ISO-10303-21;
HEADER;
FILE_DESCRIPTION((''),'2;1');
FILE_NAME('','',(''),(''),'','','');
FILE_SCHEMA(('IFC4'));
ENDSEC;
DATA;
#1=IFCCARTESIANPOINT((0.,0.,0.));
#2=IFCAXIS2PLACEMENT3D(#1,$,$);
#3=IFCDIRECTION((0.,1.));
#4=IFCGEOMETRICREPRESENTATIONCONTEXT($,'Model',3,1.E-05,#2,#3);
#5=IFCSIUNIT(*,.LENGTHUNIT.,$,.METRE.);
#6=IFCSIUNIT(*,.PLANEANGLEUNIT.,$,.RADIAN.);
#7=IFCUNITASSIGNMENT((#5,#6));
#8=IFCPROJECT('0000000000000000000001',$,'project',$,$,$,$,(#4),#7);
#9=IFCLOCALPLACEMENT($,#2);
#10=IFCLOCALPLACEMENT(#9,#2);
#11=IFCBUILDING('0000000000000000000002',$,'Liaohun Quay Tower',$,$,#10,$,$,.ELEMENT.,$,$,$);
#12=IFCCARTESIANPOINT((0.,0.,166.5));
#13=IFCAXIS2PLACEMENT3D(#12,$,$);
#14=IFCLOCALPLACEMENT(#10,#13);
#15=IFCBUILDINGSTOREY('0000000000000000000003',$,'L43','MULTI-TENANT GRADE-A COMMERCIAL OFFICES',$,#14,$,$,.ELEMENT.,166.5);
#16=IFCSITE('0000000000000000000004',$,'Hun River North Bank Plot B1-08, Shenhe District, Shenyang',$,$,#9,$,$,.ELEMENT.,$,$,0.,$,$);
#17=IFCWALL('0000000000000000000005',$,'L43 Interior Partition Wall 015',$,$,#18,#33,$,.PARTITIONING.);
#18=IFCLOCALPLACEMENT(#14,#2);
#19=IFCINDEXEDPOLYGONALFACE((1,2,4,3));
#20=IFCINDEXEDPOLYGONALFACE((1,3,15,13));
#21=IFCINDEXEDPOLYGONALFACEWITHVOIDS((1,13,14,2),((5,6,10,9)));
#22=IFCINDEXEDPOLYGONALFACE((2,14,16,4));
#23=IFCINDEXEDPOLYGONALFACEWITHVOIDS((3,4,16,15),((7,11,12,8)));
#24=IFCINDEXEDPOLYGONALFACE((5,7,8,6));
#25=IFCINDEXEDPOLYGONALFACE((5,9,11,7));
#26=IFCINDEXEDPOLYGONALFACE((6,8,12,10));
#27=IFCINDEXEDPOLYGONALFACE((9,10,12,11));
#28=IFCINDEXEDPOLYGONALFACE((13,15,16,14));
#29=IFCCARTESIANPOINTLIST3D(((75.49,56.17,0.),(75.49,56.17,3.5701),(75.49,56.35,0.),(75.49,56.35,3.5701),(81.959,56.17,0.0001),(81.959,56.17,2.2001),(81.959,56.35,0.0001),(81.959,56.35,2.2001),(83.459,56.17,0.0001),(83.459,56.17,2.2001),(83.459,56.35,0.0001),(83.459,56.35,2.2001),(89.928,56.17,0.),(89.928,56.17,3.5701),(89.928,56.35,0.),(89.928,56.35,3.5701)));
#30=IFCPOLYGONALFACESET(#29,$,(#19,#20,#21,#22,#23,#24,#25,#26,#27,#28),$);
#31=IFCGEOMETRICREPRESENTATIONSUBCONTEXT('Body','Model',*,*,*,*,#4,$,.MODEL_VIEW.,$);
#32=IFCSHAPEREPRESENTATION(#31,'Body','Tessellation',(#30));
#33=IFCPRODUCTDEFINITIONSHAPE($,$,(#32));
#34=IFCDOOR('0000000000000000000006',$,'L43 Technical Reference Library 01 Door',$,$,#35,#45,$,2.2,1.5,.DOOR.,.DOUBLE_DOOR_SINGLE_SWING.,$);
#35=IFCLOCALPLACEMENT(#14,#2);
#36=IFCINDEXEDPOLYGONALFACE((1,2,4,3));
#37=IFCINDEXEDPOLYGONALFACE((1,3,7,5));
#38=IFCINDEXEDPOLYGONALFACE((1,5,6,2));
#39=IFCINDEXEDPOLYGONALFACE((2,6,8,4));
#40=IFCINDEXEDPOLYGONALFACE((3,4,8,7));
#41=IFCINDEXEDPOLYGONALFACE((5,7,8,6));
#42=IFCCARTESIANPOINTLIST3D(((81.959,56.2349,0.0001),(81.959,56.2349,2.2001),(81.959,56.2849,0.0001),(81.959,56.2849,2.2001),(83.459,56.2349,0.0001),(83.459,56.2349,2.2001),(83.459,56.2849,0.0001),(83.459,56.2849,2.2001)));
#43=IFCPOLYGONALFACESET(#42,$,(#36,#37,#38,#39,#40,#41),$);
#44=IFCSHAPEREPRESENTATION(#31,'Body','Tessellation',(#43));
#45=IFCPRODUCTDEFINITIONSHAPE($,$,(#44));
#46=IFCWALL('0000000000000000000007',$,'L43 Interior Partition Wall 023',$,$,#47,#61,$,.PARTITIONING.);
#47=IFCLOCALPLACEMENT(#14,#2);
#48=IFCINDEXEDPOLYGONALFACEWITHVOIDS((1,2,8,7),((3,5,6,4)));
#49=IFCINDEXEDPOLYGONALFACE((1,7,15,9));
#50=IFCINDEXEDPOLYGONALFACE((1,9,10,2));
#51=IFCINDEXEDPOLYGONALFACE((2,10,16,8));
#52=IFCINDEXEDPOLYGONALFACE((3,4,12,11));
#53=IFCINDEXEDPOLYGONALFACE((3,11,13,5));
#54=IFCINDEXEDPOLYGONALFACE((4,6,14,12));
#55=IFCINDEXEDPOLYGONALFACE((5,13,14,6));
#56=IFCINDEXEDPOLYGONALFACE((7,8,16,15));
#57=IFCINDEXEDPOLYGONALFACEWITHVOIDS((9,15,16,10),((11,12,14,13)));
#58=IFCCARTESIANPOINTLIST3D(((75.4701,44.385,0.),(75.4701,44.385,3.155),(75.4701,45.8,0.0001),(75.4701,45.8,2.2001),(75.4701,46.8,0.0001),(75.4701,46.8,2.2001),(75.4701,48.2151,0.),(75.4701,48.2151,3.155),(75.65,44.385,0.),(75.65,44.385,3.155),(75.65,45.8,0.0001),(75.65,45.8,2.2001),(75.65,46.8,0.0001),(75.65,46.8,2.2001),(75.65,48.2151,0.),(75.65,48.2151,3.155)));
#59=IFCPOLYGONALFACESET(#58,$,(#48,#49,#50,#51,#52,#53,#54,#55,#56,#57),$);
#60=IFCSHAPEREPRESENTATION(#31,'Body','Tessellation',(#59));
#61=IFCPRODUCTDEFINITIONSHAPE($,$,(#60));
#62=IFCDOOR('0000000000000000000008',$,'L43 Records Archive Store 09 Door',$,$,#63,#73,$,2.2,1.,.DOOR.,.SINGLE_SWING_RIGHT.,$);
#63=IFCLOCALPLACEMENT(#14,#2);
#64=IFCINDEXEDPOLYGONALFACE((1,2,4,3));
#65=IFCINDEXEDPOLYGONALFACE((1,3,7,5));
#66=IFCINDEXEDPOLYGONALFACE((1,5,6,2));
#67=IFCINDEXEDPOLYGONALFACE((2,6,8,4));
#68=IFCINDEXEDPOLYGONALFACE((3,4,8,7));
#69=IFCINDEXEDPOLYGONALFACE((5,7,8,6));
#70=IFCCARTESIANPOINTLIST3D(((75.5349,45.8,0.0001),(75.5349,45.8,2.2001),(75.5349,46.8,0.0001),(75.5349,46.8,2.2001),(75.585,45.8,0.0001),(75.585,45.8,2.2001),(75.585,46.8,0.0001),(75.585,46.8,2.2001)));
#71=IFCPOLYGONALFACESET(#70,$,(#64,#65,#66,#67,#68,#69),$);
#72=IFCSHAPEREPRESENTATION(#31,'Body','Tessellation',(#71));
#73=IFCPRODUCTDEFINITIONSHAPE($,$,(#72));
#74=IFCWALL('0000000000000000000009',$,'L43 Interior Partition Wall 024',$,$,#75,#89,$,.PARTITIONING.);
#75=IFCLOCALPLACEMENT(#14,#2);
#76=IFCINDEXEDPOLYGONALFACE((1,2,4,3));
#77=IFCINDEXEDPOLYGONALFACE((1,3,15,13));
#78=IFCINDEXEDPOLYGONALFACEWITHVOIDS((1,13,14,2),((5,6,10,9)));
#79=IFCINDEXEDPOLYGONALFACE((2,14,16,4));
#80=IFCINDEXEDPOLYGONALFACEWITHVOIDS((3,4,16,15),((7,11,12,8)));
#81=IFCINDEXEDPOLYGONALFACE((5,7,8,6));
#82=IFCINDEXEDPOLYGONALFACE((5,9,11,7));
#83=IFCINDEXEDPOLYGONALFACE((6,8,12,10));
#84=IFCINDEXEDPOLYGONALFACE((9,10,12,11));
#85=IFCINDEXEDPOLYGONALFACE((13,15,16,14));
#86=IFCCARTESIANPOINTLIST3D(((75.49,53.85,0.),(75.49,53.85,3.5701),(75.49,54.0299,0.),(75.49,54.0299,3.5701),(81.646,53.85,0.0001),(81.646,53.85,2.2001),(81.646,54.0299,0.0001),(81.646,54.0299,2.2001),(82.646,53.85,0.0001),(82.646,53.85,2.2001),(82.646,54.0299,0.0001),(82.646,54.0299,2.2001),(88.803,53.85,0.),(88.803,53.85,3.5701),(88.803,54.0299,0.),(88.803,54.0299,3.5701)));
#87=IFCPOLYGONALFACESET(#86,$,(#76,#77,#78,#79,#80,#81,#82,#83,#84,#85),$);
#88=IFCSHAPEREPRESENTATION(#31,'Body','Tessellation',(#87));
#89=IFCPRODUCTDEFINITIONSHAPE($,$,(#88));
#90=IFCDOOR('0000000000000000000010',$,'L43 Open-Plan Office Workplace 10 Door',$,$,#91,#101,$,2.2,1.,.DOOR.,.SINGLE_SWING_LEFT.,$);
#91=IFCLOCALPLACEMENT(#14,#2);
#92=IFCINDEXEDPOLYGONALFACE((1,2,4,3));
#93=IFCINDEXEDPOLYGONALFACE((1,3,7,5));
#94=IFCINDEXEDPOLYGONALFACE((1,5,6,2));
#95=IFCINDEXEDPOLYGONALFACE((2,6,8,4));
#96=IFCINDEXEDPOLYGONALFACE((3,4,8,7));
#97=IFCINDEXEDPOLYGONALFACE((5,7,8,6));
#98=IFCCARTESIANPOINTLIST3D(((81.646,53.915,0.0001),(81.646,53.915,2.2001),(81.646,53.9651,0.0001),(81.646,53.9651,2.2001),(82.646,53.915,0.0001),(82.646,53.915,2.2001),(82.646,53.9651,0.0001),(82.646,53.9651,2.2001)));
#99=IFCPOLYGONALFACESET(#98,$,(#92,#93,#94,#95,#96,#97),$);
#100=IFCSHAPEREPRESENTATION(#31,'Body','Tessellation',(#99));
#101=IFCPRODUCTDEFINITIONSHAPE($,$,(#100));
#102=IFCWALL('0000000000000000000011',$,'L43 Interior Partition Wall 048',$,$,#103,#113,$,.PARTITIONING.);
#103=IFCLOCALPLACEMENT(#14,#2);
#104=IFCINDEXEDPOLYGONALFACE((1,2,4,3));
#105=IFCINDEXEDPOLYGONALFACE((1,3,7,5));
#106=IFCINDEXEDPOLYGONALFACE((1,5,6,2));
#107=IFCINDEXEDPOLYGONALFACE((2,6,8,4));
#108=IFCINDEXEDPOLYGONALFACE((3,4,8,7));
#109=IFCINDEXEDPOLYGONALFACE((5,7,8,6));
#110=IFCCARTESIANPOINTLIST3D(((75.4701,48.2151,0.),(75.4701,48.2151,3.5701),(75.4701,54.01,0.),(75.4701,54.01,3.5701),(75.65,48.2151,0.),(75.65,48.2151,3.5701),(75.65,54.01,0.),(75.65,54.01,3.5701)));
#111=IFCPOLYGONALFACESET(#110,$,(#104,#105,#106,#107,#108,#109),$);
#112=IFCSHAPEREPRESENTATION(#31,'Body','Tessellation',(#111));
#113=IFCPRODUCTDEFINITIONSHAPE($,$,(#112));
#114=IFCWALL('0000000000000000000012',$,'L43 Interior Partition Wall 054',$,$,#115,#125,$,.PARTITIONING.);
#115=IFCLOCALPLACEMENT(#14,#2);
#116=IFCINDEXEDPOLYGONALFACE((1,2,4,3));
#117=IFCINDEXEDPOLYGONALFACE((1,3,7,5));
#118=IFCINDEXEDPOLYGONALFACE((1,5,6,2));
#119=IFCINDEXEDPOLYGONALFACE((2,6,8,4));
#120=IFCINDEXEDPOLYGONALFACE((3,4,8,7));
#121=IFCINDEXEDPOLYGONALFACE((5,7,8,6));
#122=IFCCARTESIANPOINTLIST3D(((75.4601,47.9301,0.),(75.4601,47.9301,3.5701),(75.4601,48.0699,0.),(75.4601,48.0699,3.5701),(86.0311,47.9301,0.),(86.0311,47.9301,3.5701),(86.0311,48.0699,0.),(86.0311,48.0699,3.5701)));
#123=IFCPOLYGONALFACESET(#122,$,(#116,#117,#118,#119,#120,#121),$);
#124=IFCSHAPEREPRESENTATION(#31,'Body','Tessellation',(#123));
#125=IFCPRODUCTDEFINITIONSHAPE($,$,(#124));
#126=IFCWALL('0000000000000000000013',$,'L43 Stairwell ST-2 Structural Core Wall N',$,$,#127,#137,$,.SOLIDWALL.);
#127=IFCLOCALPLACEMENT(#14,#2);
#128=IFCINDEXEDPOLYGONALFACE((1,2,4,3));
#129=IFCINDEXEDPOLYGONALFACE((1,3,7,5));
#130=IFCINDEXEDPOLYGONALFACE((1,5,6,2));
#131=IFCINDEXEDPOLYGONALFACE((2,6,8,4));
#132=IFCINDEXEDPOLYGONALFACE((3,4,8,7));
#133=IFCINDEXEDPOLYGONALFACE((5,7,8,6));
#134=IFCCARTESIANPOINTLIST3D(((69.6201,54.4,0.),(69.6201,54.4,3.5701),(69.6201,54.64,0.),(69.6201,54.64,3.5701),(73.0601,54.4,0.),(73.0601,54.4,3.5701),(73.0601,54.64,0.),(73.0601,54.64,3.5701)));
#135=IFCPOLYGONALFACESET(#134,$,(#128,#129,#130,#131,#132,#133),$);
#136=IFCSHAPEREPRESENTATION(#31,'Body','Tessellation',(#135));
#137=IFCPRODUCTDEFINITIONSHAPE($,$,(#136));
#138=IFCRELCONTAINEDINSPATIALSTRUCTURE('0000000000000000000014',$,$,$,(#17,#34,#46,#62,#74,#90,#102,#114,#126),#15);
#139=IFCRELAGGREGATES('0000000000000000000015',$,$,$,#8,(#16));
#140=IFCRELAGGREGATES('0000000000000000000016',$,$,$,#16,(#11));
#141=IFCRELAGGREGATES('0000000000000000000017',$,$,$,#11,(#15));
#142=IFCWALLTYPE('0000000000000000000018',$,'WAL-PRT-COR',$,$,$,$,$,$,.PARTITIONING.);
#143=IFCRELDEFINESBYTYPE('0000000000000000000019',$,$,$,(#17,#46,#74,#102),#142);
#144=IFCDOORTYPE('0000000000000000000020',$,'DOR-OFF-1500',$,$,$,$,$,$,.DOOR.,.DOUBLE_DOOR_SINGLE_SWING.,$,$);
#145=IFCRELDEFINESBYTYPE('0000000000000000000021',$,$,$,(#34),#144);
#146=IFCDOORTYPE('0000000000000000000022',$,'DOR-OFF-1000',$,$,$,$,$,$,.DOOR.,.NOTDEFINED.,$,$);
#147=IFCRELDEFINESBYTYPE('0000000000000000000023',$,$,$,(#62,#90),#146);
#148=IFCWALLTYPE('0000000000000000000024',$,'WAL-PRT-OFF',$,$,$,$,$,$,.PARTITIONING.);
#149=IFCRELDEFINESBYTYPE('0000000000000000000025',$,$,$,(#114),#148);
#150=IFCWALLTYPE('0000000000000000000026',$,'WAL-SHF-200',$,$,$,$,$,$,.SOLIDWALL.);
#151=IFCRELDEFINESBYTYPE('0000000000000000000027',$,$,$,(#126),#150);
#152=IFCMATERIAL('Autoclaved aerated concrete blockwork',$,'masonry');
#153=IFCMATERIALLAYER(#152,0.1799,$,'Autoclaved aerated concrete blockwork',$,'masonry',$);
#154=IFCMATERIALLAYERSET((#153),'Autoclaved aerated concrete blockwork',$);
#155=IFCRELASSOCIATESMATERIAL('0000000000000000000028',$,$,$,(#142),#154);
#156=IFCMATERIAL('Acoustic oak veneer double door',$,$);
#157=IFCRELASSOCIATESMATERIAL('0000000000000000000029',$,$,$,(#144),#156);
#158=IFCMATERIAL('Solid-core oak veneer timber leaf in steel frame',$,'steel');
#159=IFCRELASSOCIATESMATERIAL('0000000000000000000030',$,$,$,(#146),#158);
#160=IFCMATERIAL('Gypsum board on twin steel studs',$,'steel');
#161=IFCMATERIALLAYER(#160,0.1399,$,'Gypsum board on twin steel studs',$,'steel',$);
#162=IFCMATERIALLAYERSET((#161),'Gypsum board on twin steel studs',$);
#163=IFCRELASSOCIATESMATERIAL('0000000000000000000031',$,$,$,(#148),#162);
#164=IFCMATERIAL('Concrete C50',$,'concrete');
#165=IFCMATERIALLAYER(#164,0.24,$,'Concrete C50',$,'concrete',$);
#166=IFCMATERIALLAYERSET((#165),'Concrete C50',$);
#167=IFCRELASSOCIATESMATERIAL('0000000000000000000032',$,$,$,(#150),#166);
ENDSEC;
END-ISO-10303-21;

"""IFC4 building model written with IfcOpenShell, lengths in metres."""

from ifc_helpers import new_model, si_unit, direction, frame, frame_2d, origin, place, context, subcontext, project, spatial, rectangle, extrude, source, transform, mapped, material, layer, layer_set, type_object, element, fill, save


model = new_model("IFC4")

# Units and contexts
model_context = context("Model", 3, precision=1e-05, world=origin(), true_north=direction((0.0, 1.0)))
body_context = subcontext(model_context, "Body", "Model", "MODEL_VIEW")
ifc_project = project(units=[si_unit("LENGTHUNIT", "METRE"), si_unit("PLANEANGLEUNIT", "RADIAN")], contexts=[model_context])

# Site, building, storey
site_placement = place(None, origin())
site = spatial("IfcSite", under=ifc_project, at=site_placement, Name="Hun River North Bank Plot B1-08, Shenhe District, Shenyang", CompositionType="ELEMENT", RefElevation=0.0)
building_placement = place(site_placement, origin())
building = spatial("IfcBuilding", under=site, at=building_placement, Name="Liaohun Quay Tower", CompositionType="ELEMENT")
storey_placement = place(building_placement, frame((0.0, 0.0, 166.5)))
storey = spatial("IfcBuildingStorey", under=building, at=storey_placement, Name="L43", Description="MULTI-TENANT GRADE-A COMMERCIAL OFFICES", CompositionType="ELEMENT", Elevation=166.5)

# Walls, openings, doors
ifc_material_1 = material(Name="Autoclaved aerated concrete blockwork", Category="masonry")
ifc_layer_1 = layer(ifc_material_1, 0.1799, Name="Autoclaved aerated concrete blockwork", Category="masonry")
ifc_layer_set_1 = layer_set([ifc_layer_1], Name="Autoclaved aerated concrete blockwork")
wall_type_1 = type_object("IfcWallType", Name="WAL-PRT-COR", PredefinedType="PARTITIONING", material=ifc_layer_set_1)
wall_1_placement = place(storey_placement, frame((75.49, 56.26, 0.0), z_axis=(0.0, 0.0, 1.0), x_axis=(1.0, 0.0, 0.0)))
wall_1 = element("IfcWall", 1, at=wall_1_placement, inside=storey, type_object=wall_type_1, Name="L43 Interior Partition Wall 015", PredefinedType="PARTITIONING", context=body_context, shape_type="SweptSolid", body=[
    extrude(rectangle(XDim=14.438, YDim=0.1799, at=frame_2d((7.219, 0.0))), origin(), (0.0, 0.0, 1.0), 3.5701),
])
shared_shape_1 = source(origin(), body_context, "Body", "SweptSolid", [
    extrude(rectangle(XDim=1.5, YDim=2.2, at=frame_2d((0.75, 1.1001))), frame((0.0, 0.0999, 0.0), z_axis=(0.0, -1.0, 0.0), x_axis=(1.0, 0.0, 0.0)), (0.0, 0.0, 1.0), 0.2),
])
opening_1_placement = place(wall_1_placement, frame((6.469, 0.0, 0.0)))
opening_1 = element("IfcOpeningElement", 2, at=opening_1_placement, cuts=wall_1, PredefinedType="OPENING", context=body_context, shape_type="MappedRepresentation", body=[
    mapped(shared_shape_1, transform((0.0, 0.0, 0.0), x_axis=(1.0, 0.0, 0.0), y_axis=(0.0, 1.0, 0.0), z_axis=(0.0, 0.0, 1.0), scale=1.0)),
])
ifc_material_2 = material(Name="Acoustic oak veneer double door")
door_type_1 = type_object("IfcDoorType", Name="DOR-OFF-1500", OperationType="DOUBLE_DOOR_SINGLE_SWING", PredefinedType="DOOR", material=ifc_material_2)
shared_shape_2 = source(origin(), body_context, "Body", "SweptSolid", [
    extrude(rectangle(XDim=1.5, YDim=2.2, at=frame_2d((0.75, 1.1001))), frame((0.0, 0.0249, 0.0), z_axis=(0.0, -1.0, 0.0), x_axis=(1.0, 0.0, 0.0)), (0.0, 0.0, 1.0), 0.05),
])
door_1_placement = place(opening_1_placement, origin())
door_1 = element("IfcDoor", 3, at=door_1_placement, inside=storey, type_object=door_type_1, Name="L43 Technical Reference Library 01 Door", OperationType="DOUBLE_DOOR_SINGLE_SWING", OverallHeight=2.2, OverallWidth=1.5, PredefinedType="DOOR", context=body_context, shape_type="MappedRepresentation", body=[
    mapped(shared_shape_2, transform((0.0, 0.0, 0.0), x_axis=(1.0, 0.0, 0.0), y_axis=(0.0, 1.0, 0.0), z_axis=(0.0, 0.0, 1.0), scale=1.0)),
])
fill(opening_1, door_1)
wall_2_placement = place(storey_placement, frame((75.5601, 48.2151, 0.0), z_axis=(0.0, 0.0, 1.0), x_axis=(0.0, -1.0, 0.0)))
wall_2 = element("IfcWall", 4, at=wall_2_placement, inside=storey, type_object=wall_type_1, Name="L43 Interior Partition Wall 023", PredefinedType="PARTITIONING", context=body_context, shape_type="SweptSolid", body=[
    extrude(rectangle(XDim=3.8301, YDim=0.1799, at=frame_2d((1.915, 0.0))), origin(), (0.0, 0.0, 1.0), 3.155),
])
shared_shape_3 = source(origin(), body_context, "Body", "SweptSolid", [
    extrude(rectangle(XDim=1.0, YDim=2.2, at=frame_2d((0.5, 1.1001))), frame((0.0, 0.0999, 0.0), z_axis=(0.0, -1.0, 0.0), x_axis=(1.0, 0.0, 0.0)), (0.0, 0.0, 1.0), 0.2),
])
opening_2_placement = place(wall_2_placement, frame((1.415, 0.0, 0.0)))
opening_2 = element("IfcOpeningElement", 5, at=opening_2_placement, cuts=wall_2, PredefinedType="OPENING", context=body_context, shape_type="MappedRepresentation", body=[
    mapped(shared_shape_3, transform((0.0, 0.0, 0.0), x_axis=(1.0, 0.0, 0.0), y_axis=(0.0, 1.0, 0.0), z_axis=(0.0, 0.0, 1.0), scale=1.0)),
])
ifc_material_3 = material(Name="Solid-core oak veneer timber leaf in steel frame", Category="steel")
door_type_2 = type_object("IfcDoorType", Name="DOR-OFF-1000", OperationType="NOTDEFINED", PredefinedType="DOOR", material=ifc_material_3)
shared_shape_4 = source(origin(), body_context, "Body", "SweptSolid", [
    extrude(rectangle(XDim=1.0, YDim=2.2, at=frame_2d((0.5, 1.1001))), frame((0.0, 0.0249, 0.0), z_axis=(0.0, -1.0, 0.0), x_axis=(1.0, 0.0, 0.0)), (0.0, 0.0, 1.0), 0.05),
])
door_2_placement = place(opening_2_placement, origin())
door_2 = element("IfcDoor", 6, at=door_2_placement, inside=storey, type_object=door_type_2, Name="L43 Records Archive Store 09 Door", OperationType="SINGLE_SWING_RIGHT", OverallHeight=2.2, OverallWidth=1.0, PredefinedType="DOOR", context=body_context, shape_type="MappedRepresentation", body=[
    mapped(shared_shape_4, transform((0.0, 0.0, 0.0), x_axis=(1.0, 0.0, 0.0), y_axis=(0.0, 1.0, 0.0), z_axis=(0.0, 0.0, 1.0), scale=1.0)),
])
fill(opening_2, door_2)
wall_3_placement = place(storey_placement, frame((88.803, 53.9399, 0.0), z_axis=(0.0, 0.0, 1.0), x_axis=(-1.0, 0.0, 0.0)))
wall_3 = element("IfcWall", 7, at=wall_3_placement, inside=storey, type_object=wall_type_1, Name="L43 Interior Partition Wall 024", PredefinedType="PARTITIONING", context=body_context, shape_type="SweptSolid", body=[
    extrude(rectangle(XDim=13.313, YDim=0.1799, at=frame_2d((6.6565, 0.0))), origin(), (0.0, 0.0, 1.0), 3.5701),
])
opening_3_placement = place(wall_3_placement, frame((6.157, 0.0, 0.0)))
opening_3 = element("IfcOpeningElement", 8, at=opening_3_placement, cuts=wall_3, PredefinedType="OPENING", context=body_context, shape_type="MappedRepresentation", body=[
    mapped(shared_shape_3, transform((0.0, 0.0, 0.0), x_axis=(1.0, 0.0, 0.0), y_axis=(0.0, 1.0, 0.0), z_axis=(0.0, 0.0, 1.0), scale=1.0)),
])
door_3_placement = place(opening_3_placement, origin())
door_3 = element("IfcDoor", 9, at=door_3_placement, inside=storey, type_object=door_type_2, Name="L43 Open-Plan Office Workplace 10 Door", OperationType="SINGLE_SWING_LEFT", OverallHeight=2.2, OverallWidth=1.0, PredefinedType="DOOR", context=body_context, shape_type="MappedRepresentation", body=[
    mapped(shared_shape_4, transform((0.0, 0.0, 0.0), x_axis=(1.0, 0.0, 0.0), y_axis=(0.0, 1.0, 0.0), z_axis=(0.0, 0.0, 1.0), scale=1.0)),
])
fill(opening_3, door_3)

# Walls
wall_4_placement = place(storey_placement, frame((75.5601, 54.01, 0.0), z_axis=(0.0, 0.0, 1.0), x_axis=(0.0, -1.0, 0.0)))
element("IfcWall", 10, at=wall_4_placement, inside=storey, type_object=wall_type_1, Name="L43 Interior Partition Wall 048", PredefinedType="PARTITIONING", context=body_context, shape_type="SweptSolid", body=[
    extrude(rectangle(XDim=5.7949, YDim=0.1799, at=frame_2d((2.8975, 0.0))), origin(), (0.0, 0.0, 1.0), 3.5701),
])
ifc_material_4 = material(Name="Gypsum board on twin steel studs", Category="steel")
ifc_layer_2 = layer(ifc_material_4, 0.1399, Name="Gypsum board on twin steel studs", Category="steel")
ifc_layer_set_2 = layer_set([ifc_layer_2], Name="Gypsum board on twin steel studs")
wall_type_2 = type_object("IfcWallType", Name="WAL-PRT-OFF", PredefinedType="PARTITIONING", material=ifc_layer_set_2)
wall_5_placement = place(storey_placement, frame((75.46, 48.0, 0.0), z_axis=(0.0, 0.0, 1.0), x_axis=(1.0, 0.0, 0.0)))
element("IfcWall", 11, at=wall_5_placement, inside=storey, type_object=wall_type_2, Name="L43 Interior Partition Wall 054", PredefinedType="PARTITIONING", context=body_context, shape_type="SweptSolid", body=[
    extrude(rectangle(XDim=10.571, YDim=0.1399, at=frame_2d((5.2856, 0.0))), origin(), (0.0, 0.0, 1.0), 3.5701),
])

# Wall
ifc_material_5 = material(Name="Concrete C50", Category="concrete")
ifc_layer_3 = layer(ifc_material_5, 0.24, Name="Concrete C50", Category="concrete")
ifc_layer_set_3 = layer_set([ifc_layer_3], Name="Concrete C50")
wall_type_3 = type_object("IfcWallType", Name="WAL-SHF-200", PredefinedType="SOLIDWALL", material=ifc_layer_set_3)
wall_6_placement = place(storey_placement, frame((73.0601, 54.52, 0.0), z_axis=(0.0, 0.0, 1.0), x_axis=(-1.0, 0.0, 0.0)))
element("IfcWall", 12, at=wall_6_placement, inside=storey, type_object=wall_type_3, Name="L43 Stairwell ST-2 Structural Core Wall N", PredefinedType="SOLIDWALL", context=body_context, shape_type="SweptSolid", body=[
    extrude(rectangle(XDim=3.4399, YDim=0.24, at=frame_2d((1.72, 0.0))), origin(), (0.0, 0.0, 1.0), 3.5701),
])

save(model, "model.ifc")
